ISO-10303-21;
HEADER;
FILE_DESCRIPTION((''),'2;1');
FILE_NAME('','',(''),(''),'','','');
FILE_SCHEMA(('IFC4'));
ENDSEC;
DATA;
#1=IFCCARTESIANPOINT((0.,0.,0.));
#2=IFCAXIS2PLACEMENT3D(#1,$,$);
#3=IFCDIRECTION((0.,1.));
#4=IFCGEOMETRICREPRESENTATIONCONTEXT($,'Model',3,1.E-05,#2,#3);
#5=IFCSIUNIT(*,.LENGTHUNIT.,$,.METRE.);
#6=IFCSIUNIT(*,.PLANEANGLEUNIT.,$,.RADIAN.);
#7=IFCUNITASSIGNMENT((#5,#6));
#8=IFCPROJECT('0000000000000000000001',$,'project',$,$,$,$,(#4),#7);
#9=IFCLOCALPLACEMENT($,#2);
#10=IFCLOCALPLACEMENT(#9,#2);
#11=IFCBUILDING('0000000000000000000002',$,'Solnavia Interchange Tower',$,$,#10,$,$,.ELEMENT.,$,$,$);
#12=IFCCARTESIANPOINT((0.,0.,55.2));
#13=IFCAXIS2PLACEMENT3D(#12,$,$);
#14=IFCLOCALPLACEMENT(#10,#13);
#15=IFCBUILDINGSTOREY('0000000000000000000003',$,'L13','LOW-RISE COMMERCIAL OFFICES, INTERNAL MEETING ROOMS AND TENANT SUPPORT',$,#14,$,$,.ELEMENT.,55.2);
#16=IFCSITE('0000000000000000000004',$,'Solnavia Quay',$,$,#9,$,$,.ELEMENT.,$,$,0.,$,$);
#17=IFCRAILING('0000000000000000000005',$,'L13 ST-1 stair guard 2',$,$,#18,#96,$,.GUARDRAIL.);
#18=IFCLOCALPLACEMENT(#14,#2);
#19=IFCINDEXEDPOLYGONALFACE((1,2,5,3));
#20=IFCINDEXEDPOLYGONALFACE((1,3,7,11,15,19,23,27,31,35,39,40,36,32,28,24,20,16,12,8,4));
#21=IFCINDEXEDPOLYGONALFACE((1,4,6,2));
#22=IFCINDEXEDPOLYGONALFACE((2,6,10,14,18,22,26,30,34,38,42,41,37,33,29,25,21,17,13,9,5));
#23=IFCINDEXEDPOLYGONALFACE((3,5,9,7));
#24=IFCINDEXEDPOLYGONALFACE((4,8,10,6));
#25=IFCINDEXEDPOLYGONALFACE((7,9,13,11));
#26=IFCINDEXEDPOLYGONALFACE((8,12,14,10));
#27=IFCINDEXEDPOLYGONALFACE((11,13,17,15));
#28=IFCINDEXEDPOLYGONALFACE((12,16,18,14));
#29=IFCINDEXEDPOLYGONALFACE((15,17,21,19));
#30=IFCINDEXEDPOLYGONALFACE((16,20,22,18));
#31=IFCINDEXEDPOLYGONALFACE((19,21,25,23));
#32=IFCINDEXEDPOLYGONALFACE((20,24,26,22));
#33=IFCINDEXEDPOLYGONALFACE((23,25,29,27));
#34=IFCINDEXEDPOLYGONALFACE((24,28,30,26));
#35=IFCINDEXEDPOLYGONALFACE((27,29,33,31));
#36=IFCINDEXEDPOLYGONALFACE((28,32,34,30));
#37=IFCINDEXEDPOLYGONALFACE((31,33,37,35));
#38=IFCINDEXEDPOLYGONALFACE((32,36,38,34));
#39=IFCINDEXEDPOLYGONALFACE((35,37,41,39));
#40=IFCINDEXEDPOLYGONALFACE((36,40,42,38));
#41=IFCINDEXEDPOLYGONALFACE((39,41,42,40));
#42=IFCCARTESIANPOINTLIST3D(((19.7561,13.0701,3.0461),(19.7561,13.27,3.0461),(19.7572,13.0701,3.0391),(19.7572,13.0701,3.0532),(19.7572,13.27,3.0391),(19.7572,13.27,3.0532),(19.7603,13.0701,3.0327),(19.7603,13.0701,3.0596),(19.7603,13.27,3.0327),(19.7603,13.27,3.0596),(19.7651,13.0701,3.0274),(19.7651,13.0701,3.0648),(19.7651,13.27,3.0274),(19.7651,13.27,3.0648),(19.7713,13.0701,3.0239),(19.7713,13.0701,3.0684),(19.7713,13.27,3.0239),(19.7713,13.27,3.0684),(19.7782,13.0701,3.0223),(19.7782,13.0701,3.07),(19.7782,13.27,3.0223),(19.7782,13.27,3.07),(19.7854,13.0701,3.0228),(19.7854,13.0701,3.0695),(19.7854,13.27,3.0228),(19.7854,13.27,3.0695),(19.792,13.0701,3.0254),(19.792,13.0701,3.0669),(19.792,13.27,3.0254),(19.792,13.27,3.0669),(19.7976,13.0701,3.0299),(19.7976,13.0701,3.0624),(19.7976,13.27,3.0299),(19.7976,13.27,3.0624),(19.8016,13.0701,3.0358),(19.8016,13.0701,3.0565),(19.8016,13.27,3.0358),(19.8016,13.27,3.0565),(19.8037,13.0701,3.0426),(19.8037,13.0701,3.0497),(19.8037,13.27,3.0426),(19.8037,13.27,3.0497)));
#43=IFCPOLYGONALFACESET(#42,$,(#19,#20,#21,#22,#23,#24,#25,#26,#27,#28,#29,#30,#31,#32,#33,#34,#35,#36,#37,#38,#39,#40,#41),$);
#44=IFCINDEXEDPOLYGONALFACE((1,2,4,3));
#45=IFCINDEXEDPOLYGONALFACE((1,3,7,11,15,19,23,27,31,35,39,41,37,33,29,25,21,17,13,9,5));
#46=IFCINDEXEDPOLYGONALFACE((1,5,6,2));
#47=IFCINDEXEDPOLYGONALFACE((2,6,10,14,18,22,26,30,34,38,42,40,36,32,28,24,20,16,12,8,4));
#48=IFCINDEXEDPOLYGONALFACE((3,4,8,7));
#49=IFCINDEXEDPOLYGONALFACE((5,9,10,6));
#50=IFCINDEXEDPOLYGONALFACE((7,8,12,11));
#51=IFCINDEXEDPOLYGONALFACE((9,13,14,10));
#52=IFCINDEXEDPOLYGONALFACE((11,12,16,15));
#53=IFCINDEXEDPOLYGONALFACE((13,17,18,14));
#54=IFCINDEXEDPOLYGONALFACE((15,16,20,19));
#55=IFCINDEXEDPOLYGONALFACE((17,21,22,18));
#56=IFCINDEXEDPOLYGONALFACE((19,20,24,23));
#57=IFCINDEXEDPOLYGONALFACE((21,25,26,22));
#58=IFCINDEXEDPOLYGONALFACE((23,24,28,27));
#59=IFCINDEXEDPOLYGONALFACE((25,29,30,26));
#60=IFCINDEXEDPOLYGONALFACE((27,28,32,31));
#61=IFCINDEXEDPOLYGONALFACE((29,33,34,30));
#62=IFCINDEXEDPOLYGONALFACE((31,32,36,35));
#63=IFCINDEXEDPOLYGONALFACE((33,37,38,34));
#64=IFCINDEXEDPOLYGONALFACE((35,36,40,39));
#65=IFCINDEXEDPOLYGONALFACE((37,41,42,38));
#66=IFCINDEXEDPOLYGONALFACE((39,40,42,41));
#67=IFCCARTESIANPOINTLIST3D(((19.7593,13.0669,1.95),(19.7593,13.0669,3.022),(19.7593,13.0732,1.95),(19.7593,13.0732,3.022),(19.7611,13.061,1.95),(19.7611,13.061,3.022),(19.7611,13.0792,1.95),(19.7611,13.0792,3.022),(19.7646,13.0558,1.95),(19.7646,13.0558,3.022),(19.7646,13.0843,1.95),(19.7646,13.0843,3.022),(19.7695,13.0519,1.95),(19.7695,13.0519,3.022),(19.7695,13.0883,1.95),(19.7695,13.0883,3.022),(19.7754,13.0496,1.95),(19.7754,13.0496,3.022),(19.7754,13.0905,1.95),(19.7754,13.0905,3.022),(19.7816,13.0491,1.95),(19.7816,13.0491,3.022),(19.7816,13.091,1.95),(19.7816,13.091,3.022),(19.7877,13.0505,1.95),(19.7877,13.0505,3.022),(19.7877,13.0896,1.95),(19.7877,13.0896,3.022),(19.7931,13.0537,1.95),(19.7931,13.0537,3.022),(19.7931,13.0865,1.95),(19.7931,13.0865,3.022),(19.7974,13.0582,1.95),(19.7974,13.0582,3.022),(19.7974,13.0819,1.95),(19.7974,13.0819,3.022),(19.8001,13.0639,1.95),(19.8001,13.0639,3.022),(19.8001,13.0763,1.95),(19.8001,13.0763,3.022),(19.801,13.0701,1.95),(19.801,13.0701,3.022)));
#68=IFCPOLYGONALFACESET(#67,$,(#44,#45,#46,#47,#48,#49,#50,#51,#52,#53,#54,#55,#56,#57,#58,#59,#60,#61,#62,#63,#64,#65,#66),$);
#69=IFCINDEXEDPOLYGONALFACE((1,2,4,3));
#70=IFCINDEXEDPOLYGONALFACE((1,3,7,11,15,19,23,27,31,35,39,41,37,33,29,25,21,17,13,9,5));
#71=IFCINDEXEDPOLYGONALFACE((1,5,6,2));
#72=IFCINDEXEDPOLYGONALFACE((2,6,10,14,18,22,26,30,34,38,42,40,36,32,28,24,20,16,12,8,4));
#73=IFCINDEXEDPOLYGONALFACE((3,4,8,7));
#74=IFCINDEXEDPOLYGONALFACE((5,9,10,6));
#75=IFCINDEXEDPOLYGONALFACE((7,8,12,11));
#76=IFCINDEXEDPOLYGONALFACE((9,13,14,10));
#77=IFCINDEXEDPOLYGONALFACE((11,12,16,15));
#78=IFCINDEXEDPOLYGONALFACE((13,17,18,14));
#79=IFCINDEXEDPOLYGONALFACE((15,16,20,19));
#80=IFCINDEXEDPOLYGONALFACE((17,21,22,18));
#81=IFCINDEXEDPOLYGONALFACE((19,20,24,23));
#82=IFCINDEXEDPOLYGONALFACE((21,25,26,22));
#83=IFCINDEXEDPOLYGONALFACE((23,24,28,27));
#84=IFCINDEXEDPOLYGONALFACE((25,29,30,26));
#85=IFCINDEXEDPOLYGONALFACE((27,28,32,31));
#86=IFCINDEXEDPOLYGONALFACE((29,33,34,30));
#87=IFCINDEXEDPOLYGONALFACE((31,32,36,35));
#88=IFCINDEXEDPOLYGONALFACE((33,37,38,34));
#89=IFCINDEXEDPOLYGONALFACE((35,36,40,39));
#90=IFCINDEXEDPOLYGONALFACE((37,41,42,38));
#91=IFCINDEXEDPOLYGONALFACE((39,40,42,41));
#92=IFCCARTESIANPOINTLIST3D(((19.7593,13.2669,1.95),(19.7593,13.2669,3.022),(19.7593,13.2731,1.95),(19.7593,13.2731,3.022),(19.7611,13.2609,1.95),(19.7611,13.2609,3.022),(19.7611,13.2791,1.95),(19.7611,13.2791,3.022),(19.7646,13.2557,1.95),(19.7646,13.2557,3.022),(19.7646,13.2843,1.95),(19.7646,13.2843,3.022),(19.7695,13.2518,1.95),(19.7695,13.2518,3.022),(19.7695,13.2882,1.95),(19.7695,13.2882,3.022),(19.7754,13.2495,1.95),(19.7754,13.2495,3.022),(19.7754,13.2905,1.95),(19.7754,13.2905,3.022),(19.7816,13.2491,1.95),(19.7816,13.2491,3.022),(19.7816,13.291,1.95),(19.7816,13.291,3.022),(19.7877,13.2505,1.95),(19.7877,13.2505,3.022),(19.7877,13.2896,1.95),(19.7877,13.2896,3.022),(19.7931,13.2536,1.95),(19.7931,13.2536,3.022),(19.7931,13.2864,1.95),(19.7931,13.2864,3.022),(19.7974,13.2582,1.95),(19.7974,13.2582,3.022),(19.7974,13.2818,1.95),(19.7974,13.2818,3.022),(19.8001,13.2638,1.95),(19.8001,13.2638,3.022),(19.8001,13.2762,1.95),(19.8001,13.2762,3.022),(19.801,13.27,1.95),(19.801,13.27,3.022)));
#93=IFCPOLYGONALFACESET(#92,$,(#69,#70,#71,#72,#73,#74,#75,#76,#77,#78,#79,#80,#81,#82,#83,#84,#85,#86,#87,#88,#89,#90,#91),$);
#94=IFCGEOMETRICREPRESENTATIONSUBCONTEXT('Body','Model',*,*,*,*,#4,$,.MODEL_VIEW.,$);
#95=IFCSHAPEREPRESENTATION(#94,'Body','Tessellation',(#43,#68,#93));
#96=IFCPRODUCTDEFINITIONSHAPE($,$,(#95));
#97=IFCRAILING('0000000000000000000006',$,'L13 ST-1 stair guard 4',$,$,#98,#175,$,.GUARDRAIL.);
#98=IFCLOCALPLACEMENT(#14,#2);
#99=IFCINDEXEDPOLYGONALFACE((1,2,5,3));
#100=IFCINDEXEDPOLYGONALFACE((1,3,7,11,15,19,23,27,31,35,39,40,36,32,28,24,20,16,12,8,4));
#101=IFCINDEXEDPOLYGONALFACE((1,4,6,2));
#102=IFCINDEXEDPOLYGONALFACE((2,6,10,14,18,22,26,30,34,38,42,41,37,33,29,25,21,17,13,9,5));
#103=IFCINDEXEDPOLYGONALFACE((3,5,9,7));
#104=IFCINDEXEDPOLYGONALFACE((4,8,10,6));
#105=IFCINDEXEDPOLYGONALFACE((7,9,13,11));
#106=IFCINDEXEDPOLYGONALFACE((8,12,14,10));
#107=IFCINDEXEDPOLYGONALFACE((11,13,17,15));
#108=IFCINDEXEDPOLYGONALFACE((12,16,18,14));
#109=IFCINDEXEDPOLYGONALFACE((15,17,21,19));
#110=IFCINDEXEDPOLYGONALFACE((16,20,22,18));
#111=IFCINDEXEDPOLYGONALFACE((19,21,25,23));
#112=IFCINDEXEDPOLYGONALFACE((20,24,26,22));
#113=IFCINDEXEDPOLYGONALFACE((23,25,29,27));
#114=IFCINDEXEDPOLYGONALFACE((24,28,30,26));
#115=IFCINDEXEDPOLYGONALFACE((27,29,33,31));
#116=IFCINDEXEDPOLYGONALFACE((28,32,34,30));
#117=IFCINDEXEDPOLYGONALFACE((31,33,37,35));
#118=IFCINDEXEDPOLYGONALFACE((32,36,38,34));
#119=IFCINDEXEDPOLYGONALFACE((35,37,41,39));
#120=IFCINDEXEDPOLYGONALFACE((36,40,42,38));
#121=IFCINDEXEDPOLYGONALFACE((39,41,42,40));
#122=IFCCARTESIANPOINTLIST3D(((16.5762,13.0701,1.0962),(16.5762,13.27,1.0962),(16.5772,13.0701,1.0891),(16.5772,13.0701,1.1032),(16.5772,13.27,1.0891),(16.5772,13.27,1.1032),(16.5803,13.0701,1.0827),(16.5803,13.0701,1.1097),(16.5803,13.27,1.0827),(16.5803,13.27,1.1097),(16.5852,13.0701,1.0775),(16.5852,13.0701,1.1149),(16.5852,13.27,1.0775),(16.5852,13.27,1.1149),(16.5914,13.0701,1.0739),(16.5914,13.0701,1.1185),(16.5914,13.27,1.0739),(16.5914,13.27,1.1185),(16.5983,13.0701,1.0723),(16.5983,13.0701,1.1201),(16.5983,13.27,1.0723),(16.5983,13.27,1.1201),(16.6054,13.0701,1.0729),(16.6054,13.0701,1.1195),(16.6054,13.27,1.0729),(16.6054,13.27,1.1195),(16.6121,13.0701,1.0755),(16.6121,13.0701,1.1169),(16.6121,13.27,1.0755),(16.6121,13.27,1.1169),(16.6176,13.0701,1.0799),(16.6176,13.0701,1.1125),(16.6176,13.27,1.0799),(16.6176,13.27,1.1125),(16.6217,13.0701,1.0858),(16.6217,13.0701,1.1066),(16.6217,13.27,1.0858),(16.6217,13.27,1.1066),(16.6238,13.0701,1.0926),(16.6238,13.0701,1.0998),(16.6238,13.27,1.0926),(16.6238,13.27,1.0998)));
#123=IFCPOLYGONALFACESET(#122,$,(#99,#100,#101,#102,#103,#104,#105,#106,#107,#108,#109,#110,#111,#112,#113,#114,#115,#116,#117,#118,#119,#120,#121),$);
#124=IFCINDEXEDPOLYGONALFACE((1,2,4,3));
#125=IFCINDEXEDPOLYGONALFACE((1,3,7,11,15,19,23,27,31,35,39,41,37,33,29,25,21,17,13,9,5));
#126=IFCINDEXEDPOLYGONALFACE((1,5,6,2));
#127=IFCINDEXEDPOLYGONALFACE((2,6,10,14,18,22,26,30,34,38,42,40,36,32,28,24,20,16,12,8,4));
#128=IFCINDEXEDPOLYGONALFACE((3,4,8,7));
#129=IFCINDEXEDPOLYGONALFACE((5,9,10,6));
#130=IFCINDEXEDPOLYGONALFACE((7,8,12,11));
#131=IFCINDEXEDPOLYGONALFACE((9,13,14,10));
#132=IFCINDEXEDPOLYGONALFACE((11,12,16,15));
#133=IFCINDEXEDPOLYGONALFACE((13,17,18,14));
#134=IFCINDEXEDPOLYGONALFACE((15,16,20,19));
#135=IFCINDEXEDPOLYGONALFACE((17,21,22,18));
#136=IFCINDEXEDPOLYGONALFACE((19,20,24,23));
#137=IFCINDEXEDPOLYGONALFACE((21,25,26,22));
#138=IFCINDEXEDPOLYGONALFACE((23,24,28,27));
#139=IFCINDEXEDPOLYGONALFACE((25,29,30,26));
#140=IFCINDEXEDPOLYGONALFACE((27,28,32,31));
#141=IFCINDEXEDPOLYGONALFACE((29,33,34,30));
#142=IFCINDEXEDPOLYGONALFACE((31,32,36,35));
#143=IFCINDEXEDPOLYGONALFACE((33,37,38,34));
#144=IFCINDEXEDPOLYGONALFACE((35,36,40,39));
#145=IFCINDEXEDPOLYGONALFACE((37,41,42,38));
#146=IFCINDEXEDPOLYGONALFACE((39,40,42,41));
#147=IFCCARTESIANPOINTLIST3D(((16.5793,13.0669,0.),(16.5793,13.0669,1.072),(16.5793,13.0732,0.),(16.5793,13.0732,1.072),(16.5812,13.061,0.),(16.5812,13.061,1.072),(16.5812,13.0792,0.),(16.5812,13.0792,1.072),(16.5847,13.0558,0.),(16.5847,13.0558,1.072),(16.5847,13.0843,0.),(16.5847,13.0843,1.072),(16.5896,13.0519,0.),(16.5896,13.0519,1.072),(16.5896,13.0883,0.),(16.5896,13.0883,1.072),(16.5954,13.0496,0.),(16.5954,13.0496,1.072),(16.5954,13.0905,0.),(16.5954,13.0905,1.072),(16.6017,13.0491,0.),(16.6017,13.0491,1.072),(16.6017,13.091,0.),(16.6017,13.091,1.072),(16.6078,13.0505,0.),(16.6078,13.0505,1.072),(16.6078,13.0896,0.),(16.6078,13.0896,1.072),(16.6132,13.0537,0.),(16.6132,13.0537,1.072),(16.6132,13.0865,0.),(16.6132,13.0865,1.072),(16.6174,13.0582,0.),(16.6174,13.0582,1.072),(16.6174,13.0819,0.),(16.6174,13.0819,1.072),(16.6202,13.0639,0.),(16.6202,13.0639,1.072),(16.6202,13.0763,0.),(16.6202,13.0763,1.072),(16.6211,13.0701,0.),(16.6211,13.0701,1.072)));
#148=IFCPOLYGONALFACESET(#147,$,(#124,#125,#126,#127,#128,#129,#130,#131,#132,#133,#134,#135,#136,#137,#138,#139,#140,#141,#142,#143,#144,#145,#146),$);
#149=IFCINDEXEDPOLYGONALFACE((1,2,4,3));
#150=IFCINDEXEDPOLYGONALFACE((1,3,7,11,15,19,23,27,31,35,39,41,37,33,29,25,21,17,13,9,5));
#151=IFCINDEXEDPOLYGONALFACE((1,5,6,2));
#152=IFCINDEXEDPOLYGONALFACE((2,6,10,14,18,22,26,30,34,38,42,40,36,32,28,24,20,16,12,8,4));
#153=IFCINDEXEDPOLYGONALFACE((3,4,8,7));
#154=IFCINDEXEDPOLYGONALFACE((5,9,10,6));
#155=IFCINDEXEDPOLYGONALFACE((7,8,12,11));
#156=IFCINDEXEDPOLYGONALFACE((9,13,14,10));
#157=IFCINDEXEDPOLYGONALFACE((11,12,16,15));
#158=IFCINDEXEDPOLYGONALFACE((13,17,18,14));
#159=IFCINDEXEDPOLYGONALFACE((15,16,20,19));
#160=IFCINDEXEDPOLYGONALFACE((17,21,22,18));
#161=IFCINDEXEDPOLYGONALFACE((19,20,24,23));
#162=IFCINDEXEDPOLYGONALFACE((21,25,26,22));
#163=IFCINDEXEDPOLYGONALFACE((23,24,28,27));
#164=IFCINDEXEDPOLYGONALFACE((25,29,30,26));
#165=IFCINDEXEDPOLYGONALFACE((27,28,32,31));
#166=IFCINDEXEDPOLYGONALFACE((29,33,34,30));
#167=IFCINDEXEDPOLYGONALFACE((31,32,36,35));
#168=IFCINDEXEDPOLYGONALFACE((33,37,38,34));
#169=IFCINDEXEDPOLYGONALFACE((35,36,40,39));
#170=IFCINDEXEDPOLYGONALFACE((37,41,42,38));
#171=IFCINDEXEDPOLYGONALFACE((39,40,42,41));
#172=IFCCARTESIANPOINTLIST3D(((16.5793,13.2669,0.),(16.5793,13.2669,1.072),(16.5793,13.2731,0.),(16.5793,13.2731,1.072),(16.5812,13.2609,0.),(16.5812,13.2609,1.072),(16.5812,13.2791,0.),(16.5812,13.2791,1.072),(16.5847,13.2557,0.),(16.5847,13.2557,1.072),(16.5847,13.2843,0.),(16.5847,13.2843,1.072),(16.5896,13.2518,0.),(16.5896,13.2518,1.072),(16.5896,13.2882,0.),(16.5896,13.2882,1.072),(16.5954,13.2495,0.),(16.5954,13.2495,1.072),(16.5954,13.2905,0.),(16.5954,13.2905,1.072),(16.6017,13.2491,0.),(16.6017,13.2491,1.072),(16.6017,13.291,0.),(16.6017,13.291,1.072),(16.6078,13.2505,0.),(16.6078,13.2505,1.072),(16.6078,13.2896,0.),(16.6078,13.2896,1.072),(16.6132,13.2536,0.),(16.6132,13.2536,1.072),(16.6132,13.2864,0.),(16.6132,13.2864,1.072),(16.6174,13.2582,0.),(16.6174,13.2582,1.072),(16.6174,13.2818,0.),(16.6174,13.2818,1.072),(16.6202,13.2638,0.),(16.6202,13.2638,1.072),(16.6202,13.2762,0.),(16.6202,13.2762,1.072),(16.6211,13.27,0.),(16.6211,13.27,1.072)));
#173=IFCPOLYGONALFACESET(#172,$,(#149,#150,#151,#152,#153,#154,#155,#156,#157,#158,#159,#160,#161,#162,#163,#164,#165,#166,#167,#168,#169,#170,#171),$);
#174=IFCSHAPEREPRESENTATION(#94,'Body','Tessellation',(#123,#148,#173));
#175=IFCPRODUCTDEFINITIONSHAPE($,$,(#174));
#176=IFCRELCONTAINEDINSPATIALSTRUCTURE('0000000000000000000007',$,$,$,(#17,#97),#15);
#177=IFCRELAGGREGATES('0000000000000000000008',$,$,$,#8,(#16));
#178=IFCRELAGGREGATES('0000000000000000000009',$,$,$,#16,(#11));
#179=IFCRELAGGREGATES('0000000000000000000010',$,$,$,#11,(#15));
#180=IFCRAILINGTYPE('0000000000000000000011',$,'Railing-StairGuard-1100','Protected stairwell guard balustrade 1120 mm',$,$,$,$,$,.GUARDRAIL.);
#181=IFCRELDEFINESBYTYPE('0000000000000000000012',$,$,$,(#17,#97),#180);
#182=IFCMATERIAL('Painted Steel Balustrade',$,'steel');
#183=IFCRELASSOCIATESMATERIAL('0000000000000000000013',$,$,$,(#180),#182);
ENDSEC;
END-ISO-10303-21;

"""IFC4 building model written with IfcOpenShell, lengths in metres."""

from ifc_helpers import new_model, si_unit, direction, frame, origin, origin_2d, place, context, subcontext, project, spatial, circle, extrude, material, type_object, element, save


model = new_model("IFC4")

# Units and contexts
model_context = context("Model", 3, precision=1e-05, world=origin(), true_north=direction((0.0, 1.0)))
body_context = subcontext(model_context, "Body", "Model", "MODEL_VIEW")
ifc_project = project(units=[si_unit("LENGTHUNIT", "METRE"), si_unit("PLANEANGLEUNIT", "RADIAN")], contexts=[model_context])

# Site, building, storey
site_placement = place(None, origin())
site = spatial("IfcSite", under=ifc_project, at=site_placement, Name="Solnavia Quay", CompositionType="ELEMENT", RefElevation=0.0)
building_placement = place(site_placement, origin())
building = spatial("IfcBuilding", under=site, at=building_placement, Name="Solnavia Interchange Tower", CompositionType="ELEMENT")
storey_placement = place(building_placement, frame((0.0, 0.0, 55.2)))
storey = spatial("IfcBuildingStorey", under=building, at=storey_placement, Name="L13", Description="LOW-RISE COMMERCIAL OFFICES, INTERNAL MEETING ROOMS AND TENANT SUPPORT", CompositionType="ELEMENT", Elevation=55.2)

# Railings
ifc_material_1 = material(Name="Painted Steel Balustrade", Category="steel")
railing_type_1 = type_object("IfcRailingType", Name="Railing-StairGuard-1100", Description="Protected stairwell guard balustrade 1120 mm", PredefinedType="GUARDRAIL", material=ifc_material_1)
for number, where, name in (
    (1, (19.78, 13.0701, 1.95), "L13 ST-1 stair guard 2"),
    (2, (16.6001, 13.0701, 0.0), "L13 ST-1 stair guard 4"),
):
    element("IfcRailing", number, at=place(storey_placement, frame(where)), inside=storey, type_object=railing_type_1, Name=name, PredefinedType="GUARDRAIL", context=body_context, shape_type="SweptSolid", body=[
        extrude(circle(Radius=0.0239, at=origin_2d()), frame((0.0, 0.0, 1.0962), z_axis=(0.0, 1.0, 0.0), x_axis=(-1.0, 0.0, 0.0)), (0.0, 0.0, 1.0), 0.2),
        extrude(circle(Radius=0.021, at=origin_2d()), origin(), (0.0, 0.0, 1.0), 1.072),
        extrude(circle(Radius=0.021, at=origin_2d()), frame((0.0, 0.2, 0.0)), (0.0, 0.0, 1.0), 1.072),
    ])

save(model, "model.ifc")
